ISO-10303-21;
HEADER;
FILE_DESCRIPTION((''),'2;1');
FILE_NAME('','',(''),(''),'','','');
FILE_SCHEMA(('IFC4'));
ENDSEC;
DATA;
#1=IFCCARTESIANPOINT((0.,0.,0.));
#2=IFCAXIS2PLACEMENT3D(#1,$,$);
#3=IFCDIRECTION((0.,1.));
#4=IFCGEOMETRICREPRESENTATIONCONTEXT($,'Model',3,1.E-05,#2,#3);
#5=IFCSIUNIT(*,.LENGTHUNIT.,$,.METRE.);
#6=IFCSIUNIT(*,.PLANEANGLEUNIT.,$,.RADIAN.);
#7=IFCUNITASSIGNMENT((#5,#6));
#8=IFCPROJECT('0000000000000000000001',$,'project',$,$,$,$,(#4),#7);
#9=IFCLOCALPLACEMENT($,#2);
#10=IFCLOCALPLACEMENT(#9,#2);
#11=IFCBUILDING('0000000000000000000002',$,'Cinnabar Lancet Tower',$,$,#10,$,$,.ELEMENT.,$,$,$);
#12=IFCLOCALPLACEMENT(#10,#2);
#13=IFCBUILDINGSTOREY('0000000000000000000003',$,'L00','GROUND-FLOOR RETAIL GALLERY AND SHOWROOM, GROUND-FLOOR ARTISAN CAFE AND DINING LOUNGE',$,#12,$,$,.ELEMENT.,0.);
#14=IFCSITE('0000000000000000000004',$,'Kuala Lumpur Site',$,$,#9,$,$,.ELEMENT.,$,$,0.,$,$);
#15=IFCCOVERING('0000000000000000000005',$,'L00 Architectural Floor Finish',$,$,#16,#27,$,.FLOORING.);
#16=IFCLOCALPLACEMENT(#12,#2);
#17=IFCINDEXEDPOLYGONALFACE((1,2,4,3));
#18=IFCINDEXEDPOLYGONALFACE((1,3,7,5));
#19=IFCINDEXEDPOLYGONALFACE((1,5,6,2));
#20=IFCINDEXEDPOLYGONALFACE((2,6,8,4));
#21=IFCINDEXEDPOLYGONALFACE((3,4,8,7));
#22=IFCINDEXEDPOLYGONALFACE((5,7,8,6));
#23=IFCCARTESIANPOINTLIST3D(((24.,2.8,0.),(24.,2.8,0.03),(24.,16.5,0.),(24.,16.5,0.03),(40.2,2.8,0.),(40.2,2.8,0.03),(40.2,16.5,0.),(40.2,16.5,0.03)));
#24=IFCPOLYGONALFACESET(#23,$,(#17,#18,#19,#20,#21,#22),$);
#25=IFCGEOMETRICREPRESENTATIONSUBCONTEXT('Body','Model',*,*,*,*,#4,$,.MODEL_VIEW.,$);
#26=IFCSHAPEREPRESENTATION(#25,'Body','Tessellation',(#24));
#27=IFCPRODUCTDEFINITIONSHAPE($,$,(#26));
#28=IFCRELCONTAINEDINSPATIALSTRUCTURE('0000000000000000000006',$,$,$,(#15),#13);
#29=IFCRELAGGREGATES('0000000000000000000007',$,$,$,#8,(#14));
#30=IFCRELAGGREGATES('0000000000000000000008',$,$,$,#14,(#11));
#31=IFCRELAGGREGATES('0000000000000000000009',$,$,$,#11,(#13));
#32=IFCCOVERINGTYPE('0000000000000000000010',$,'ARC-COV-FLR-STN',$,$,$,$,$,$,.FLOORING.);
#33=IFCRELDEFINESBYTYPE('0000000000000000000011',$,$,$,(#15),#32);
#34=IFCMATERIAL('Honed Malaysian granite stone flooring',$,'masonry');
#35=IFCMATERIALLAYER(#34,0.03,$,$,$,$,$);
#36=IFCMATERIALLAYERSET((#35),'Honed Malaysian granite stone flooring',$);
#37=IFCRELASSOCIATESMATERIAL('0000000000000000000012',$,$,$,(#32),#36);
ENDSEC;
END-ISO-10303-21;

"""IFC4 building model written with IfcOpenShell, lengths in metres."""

from ifc_helpers import new_model, si_unit, direction, origin, place, context, subcontext, project, spatial, polyline, outline, extrude, material, layer, layer_set, type_object, element, save


model = new_model("IFC4")

# Units and contexts
model_context = context("Model", 3, precision=1e-05, world=origin(), true_north=direction((0.0, 1.0)))
body_context = subcontext(model_context, "Body", "Model", "MODEL_VIEW")
ifc_project = project(units=[si_unit("LENGTHUNIT", "METRE"), si_unit("PLANEANGLEUNIT", "RADIAN")], contexts=[model_context])

# Site, building, storey
site_placement = place(None, origin())
site = spatial("IfcSite", under=ifc_project, at=site_placement, Name="Kuala Lumpur Site", CompositionType="ELEMENT", RefElevation=0.0)
building_placement = place(site_placement, origin())
building = spatial("IfcBuilding", under=site, at=building_placement, Name="Cinnabar Lancet Tower", CompositionType="ELEMENT")
storey_placement = place(building_placement, origin())
storey = spatial("IfcBuildingStorey", under=building, at=storey_placement, Name="L00", Description="GROUND-FLOOR RETAIL GALLERY AND SHOWROOM, GROUND-FLOOR ARTISAN CAFE AND DINING LOUNGE", CompositionType="ELEMENT", Elevation=0.0)

# Covering
ifc_material_1 = material(Name="Honed Malaysian granite stone flooring", Category="masonry")
ifc_layer_1 = layer(ifc_material_1, 0.03)
ifc_layer_set_1 = layer_set([ifc_layer_1], Name="Honed Malaysian granite stone flooring")
covering_type_1 = type_object("IfcCoveringType", Name="ARC-COV-FLR-STN", PredefinedType="FLOORING", material=ifc_layer_set_1)
covering_1_placement = place(storey_placement, origin())
element("IfcCovering", 1, at=covering_1_placement, inside=storey, type_object=covering_type_1, Name="L00 Architectural Floor Finish", PredefinedType="FLOORING", context=body_context, shape_type="SweptSolid", body=[
    extrude(outline(polyline([(24.0, 2.8), (40.2, 2.8), (40.2, 16.5), (24.0, 16.5), (24.0, 2.8)])), origin(), (0.0, 0.0, 1.0), 0.03),
])

save(model, "model.ifc")
